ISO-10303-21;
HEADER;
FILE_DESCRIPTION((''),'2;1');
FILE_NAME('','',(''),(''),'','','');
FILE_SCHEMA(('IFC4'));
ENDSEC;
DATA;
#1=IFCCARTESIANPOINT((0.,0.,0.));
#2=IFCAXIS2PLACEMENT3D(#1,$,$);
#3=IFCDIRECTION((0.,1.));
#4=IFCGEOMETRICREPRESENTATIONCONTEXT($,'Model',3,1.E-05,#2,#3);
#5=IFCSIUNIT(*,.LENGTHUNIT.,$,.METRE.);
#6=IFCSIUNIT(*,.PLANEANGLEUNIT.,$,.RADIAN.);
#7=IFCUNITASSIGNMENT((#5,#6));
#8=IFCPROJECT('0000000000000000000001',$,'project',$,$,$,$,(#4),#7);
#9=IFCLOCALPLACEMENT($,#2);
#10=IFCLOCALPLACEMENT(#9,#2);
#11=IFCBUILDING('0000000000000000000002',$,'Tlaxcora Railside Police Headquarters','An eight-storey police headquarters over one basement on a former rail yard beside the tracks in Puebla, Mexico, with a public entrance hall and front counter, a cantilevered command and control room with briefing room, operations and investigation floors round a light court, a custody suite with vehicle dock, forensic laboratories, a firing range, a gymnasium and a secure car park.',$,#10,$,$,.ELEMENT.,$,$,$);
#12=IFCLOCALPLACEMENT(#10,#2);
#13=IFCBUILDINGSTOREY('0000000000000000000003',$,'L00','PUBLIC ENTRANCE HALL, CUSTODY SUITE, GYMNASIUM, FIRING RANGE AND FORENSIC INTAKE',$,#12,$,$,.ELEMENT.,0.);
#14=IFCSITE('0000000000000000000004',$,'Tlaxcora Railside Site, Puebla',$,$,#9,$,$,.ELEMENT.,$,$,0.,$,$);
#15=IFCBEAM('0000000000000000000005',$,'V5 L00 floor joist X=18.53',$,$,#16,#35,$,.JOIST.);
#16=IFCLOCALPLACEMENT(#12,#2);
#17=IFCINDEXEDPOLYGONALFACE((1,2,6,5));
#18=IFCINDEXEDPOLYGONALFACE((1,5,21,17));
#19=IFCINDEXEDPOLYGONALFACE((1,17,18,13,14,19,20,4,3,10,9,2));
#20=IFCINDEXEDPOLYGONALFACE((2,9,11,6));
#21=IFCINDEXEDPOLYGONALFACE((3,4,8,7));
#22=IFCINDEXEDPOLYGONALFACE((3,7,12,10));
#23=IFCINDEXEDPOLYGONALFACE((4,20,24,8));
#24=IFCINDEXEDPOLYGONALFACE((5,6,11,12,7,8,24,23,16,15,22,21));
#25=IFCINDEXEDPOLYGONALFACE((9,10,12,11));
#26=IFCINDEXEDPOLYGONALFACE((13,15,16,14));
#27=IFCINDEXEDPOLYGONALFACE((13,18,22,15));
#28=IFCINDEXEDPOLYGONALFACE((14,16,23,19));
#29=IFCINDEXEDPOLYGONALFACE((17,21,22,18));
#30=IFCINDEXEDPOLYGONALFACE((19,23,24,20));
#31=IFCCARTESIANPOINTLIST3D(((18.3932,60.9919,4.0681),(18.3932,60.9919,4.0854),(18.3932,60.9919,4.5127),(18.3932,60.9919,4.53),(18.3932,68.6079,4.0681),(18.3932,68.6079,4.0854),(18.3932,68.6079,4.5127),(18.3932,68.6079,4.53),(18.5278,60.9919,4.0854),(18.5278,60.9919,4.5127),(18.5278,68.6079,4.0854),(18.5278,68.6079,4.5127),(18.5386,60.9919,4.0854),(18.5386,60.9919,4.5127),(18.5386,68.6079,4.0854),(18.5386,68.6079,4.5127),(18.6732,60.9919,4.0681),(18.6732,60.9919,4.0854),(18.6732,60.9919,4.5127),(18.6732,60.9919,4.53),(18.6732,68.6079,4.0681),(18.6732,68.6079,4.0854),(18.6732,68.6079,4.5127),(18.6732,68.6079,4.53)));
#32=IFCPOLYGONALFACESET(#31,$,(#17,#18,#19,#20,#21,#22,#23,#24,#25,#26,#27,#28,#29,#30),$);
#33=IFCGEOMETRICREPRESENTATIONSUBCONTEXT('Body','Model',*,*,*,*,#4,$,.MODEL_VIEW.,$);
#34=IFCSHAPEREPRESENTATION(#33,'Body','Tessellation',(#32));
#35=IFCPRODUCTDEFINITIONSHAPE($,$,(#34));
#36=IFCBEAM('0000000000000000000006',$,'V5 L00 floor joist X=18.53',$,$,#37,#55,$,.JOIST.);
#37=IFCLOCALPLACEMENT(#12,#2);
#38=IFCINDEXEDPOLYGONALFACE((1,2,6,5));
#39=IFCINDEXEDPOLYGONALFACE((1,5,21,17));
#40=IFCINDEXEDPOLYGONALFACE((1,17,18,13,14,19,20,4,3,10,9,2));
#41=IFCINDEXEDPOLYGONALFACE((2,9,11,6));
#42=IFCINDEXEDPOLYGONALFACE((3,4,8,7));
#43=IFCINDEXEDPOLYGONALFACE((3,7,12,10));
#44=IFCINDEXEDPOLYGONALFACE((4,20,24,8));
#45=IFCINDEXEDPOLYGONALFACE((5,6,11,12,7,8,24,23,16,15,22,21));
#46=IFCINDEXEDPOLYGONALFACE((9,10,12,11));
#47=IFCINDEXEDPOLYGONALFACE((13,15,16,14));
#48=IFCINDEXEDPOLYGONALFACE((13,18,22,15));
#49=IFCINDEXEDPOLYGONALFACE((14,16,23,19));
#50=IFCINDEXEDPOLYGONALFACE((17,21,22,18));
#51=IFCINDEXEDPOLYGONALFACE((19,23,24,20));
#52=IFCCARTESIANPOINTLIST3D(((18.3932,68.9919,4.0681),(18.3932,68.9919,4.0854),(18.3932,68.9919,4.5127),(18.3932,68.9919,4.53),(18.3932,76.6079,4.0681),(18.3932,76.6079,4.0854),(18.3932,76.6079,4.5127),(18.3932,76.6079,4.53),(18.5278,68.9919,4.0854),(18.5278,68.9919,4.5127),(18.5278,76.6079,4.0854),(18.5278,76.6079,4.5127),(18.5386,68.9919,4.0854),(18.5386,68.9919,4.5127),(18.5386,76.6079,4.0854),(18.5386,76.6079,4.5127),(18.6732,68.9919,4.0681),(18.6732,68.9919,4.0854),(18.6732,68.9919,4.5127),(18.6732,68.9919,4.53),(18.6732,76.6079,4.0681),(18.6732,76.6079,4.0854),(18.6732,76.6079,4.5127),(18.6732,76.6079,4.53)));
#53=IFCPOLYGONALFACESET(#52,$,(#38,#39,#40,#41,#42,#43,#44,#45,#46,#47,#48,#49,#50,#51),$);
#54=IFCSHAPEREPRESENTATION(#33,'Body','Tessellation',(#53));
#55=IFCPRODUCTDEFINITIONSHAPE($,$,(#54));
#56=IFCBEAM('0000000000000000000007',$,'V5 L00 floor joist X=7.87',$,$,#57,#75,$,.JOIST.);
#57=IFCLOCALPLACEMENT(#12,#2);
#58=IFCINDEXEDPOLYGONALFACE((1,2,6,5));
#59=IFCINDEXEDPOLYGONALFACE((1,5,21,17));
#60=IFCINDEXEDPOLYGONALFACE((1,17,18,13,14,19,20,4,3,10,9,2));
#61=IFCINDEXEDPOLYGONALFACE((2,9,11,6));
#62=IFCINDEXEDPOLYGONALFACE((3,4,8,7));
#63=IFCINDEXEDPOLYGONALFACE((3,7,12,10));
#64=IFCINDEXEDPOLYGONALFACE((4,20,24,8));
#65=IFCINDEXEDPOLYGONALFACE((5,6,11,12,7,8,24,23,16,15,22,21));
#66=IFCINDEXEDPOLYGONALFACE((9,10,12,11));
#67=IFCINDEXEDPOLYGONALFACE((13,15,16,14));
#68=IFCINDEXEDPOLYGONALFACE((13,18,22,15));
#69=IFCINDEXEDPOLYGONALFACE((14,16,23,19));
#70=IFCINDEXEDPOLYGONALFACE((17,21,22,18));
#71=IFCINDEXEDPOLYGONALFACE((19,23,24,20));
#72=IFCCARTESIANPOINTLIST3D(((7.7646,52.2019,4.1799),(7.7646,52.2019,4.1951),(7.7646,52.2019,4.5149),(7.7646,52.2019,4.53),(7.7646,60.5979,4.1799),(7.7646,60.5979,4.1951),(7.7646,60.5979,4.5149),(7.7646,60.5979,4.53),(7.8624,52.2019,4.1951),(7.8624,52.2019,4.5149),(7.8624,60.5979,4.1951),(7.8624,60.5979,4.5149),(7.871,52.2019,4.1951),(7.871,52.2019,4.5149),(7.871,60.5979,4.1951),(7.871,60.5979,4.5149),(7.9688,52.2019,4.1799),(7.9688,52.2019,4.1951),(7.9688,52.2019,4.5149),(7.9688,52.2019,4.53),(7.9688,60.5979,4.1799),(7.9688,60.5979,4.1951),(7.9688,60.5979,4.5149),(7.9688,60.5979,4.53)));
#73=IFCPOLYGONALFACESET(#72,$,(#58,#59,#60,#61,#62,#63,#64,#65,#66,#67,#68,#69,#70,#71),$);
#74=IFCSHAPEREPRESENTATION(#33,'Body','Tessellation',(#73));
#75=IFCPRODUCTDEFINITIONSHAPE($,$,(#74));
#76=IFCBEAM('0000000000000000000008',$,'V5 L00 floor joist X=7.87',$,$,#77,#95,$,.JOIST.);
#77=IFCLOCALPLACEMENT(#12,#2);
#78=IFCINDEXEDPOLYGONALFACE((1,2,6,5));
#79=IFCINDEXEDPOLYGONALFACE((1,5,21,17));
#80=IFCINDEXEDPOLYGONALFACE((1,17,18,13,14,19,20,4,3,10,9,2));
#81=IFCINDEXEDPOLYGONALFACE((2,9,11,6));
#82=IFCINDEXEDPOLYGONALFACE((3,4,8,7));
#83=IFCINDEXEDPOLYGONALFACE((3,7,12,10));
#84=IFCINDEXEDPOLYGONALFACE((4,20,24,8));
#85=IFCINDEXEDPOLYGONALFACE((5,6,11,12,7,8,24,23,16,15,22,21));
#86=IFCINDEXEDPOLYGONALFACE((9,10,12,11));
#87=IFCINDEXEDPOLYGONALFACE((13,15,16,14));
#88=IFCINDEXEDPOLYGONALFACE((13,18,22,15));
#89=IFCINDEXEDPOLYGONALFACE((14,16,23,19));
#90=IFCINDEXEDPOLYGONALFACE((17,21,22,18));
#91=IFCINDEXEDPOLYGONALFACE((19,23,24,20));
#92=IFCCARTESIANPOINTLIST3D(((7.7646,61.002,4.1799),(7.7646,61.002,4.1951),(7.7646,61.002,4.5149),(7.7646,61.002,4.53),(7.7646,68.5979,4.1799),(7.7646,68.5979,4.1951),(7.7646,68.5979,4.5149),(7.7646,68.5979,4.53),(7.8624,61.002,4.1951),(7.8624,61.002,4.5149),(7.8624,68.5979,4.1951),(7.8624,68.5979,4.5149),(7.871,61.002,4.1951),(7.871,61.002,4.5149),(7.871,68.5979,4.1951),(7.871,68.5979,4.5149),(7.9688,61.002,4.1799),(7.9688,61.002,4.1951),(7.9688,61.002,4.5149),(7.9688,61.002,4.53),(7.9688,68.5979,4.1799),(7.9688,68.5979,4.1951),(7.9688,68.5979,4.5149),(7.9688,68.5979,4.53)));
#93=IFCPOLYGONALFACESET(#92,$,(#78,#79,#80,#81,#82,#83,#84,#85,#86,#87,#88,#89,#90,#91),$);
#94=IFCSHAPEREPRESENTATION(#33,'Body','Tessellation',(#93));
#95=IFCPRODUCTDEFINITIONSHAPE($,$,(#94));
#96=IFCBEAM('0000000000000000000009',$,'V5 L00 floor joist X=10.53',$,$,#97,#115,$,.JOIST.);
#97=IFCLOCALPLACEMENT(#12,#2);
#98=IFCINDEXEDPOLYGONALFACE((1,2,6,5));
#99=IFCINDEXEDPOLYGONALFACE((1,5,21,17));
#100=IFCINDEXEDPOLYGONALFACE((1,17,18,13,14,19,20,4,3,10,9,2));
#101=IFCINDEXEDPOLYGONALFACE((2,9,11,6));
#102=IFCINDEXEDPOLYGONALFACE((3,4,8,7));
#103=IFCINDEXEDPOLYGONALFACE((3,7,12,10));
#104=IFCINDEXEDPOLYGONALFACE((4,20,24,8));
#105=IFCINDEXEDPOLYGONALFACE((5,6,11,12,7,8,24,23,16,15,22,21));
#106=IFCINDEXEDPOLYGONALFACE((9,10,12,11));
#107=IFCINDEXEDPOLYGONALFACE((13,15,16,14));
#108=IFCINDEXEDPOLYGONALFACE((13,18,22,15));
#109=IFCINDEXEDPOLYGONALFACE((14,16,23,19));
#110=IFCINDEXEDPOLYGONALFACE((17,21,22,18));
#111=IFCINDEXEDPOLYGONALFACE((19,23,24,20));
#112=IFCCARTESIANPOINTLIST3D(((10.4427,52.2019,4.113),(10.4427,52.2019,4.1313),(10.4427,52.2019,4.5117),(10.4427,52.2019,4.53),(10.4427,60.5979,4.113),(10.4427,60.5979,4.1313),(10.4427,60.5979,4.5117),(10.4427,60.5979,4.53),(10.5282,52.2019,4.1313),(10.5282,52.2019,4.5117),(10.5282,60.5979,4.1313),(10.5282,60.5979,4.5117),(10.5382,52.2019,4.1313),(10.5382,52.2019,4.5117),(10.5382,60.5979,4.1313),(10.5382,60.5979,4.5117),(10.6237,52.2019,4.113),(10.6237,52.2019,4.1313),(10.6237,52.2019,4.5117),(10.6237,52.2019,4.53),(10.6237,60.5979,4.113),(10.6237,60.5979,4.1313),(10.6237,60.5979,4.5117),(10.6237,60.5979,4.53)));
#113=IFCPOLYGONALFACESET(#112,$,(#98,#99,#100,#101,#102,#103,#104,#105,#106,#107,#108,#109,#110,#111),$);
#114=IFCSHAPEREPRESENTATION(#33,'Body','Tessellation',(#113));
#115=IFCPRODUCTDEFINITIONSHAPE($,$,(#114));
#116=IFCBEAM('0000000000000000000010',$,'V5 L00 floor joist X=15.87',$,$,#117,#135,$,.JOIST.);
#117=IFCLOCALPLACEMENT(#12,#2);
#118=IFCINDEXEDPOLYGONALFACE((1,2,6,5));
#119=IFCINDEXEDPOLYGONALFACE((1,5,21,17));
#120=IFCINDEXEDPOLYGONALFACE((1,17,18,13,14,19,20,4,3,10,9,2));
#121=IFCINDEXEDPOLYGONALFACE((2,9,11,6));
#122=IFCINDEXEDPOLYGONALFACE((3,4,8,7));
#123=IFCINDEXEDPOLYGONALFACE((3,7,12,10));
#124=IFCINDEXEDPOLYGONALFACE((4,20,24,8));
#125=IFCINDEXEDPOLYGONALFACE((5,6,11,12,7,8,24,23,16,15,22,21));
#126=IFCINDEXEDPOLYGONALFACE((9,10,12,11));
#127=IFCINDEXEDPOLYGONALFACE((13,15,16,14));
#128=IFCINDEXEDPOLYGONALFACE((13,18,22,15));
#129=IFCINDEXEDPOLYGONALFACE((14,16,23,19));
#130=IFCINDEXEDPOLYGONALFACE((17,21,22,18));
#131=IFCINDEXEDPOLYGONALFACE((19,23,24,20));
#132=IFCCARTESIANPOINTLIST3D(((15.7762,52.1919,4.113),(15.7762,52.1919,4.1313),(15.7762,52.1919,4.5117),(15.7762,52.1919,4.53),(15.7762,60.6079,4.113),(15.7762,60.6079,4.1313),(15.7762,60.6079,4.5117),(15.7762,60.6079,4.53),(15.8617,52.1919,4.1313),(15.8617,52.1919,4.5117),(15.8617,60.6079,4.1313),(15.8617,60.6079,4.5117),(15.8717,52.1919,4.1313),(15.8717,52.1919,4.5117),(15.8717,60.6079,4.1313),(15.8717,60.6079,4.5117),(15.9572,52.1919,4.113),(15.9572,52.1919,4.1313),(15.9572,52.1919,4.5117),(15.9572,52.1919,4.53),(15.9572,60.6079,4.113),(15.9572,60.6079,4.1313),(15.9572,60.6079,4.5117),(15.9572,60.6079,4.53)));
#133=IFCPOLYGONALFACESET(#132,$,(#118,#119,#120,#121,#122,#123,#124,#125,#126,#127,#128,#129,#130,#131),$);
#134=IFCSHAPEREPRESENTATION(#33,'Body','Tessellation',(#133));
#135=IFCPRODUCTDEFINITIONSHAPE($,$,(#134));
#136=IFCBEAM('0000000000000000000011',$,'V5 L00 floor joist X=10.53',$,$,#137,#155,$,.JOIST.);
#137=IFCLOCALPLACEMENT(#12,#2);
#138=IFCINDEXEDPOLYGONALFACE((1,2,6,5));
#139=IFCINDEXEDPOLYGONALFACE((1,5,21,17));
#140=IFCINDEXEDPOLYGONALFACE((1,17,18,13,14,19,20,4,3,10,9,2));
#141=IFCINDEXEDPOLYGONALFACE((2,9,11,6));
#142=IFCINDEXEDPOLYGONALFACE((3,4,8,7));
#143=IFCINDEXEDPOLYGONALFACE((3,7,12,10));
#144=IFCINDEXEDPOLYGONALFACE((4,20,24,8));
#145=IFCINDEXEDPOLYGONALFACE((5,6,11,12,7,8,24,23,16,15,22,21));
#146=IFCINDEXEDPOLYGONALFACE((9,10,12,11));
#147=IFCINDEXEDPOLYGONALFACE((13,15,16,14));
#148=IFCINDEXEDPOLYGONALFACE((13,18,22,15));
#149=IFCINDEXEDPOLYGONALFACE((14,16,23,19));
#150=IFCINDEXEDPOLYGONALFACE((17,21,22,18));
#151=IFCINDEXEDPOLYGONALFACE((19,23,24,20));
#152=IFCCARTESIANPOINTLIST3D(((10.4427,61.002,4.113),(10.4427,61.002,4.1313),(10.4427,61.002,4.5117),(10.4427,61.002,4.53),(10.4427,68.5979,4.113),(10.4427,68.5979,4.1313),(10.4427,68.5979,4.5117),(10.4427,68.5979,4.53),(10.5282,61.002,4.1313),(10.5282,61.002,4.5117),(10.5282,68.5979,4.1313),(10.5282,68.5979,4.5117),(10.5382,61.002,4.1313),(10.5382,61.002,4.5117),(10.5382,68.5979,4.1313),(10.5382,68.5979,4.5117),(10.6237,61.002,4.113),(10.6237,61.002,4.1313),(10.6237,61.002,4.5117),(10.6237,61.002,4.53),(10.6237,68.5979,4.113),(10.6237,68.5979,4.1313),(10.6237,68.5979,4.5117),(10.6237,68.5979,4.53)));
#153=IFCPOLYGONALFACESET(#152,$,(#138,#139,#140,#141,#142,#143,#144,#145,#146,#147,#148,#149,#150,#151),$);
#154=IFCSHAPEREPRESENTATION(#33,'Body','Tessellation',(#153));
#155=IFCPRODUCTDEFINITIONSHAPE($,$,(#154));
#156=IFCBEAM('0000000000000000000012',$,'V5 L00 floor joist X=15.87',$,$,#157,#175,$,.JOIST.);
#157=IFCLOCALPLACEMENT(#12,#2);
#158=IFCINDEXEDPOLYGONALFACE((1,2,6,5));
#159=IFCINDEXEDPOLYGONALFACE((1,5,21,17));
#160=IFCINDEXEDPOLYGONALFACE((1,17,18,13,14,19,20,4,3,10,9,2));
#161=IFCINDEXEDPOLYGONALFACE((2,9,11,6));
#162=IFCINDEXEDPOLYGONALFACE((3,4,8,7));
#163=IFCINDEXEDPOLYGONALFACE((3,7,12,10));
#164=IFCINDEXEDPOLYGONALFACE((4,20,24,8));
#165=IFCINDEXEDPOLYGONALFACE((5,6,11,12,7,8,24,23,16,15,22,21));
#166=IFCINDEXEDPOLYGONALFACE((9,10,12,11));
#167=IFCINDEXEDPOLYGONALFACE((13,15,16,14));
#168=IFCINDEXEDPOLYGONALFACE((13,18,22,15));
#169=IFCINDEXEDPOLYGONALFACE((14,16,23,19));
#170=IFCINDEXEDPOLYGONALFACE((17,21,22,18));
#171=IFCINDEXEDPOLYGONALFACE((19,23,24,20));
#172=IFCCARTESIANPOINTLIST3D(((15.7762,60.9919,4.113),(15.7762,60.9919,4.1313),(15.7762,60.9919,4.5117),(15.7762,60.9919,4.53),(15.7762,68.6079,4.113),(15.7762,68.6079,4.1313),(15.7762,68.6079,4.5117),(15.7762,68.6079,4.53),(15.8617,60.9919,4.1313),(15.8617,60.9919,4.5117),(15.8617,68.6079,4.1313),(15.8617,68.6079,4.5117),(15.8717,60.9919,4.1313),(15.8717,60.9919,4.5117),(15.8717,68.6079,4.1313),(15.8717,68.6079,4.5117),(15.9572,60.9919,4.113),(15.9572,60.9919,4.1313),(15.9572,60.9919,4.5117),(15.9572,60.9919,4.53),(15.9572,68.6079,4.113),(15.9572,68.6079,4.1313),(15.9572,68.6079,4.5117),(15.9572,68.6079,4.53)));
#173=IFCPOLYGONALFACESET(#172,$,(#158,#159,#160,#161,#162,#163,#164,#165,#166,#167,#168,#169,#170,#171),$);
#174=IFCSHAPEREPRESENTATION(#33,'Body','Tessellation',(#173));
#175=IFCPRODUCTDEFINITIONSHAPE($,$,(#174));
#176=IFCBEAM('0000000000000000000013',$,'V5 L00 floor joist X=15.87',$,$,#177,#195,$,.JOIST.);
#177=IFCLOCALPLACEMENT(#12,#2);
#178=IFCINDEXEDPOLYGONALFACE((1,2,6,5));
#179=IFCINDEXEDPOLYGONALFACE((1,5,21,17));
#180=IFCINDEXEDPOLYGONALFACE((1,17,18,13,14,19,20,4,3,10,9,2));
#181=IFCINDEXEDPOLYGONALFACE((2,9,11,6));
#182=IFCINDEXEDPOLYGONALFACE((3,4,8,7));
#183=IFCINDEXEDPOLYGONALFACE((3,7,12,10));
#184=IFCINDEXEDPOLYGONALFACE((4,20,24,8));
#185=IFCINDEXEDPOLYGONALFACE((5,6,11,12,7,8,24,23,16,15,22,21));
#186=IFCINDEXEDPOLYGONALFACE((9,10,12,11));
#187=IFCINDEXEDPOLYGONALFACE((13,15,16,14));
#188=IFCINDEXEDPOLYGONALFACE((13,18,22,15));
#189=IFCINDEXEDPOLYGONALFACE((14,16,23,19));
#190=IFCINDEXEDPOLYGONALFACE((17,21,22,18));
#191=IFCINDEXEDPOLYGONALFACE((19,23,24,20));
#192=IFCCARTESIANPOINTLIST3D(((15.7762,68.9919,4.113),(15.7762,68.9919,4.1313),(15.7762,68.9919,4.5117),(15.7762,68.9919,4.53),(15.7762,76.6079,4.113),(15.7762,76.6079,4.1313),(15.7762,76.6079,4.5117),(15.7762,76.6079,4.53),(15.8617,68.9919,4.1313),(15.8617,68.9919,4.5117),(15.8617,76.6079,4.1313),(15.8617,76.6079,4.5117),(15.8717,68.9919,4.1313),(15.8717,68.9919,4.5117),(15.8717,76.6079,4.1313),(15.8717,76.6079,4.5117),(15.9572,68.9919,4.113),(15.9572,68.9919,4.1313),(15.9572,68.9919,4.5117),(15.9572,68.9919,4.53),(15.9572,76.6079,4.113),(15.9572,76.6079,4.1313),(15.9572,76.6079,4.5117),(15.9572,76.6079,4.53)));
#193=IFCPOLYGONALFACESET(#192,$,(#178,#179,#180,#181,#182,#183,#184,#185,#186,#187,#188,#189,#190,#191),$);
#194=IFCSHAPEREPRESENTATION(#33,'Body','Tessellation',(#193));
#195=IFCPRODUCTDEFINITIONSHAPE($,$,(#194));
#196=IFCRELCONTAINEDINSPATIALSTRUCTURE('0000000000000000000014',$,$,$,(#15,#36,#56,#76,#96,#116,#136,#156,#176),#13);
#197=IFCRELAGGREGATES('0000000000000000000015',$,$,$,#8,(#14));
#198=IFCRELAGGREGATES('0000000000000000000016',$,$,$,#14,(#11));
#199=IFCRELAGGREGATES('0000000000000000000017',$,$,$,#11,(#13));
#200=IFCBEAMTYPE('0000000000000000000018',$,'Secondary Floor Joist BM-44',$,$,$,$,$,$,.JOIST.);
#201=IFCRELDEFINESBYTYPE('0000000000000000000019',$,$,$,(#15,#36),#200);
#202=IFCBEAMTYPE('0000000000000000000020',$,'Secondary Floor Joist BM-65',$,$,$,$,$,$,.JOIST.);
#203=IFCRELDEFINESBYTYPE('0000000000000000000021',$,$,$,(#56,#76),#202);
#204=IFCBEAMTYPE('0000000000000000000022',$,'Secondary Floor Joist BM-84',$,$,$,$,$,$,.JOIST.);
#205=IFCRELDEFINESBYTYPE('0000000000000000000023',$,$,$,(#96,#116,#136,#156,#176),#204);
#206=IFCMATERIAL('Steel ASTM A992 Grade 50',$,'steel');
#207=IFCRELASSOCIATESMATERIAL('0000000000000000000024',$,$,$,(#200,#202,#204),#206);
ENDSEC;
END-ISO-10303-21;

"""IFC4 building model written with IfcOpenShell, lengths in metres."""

from ifc_helpers import new_model, si_unit, direction, frame, origin, origin_2d, place, context, subcontext, project, spatial, i_section, extrude, material, material_profile, profile_set, type_object, element, save


model = new_model("IFC4")

# Units and contexts
model_context = context("Model", 3, precision=1e-05, world=origin(), true_north=direction((0.0, 1.0)))
body_context = subcontext(model_context, "Body", "Model", "MODEL_VIEW")
ifc_project = project(units=[si_unit("LENGTHUNIT", "METRE"), si_unit("PLANEANGLEUNIT", "RADIAN")], contexts=[model_context])

# Site, building, storey
site_placement = place(None, origin())
site = spatial("IfcSite", under=ifc_project, at=site_placement, Name="Tlaxcora Railside Site, Puebla", CompositionType="ELEMENT", RefElevation=0.0)
building_placement = place(site_placement, origin())
building = spatial("IfcBuilding", under=site, at=building_placement, Name="Tlaxcora Railside Police Headquarters", Description="An eight-storey police headquarters over one basement on a former rail yard beside the tracks in Puebla, Mexico, with a public entrance hall and front counter, a cantilevered command and control room with briefing room, operations and investigation floors round a light court, a custody suite with vehicle dock, forensic laboratories, a firing range, a gymnasium and a secure car park.", CompositionType="ELEMENT")
storey_placement = place(building_placement, origin())
storey = spatial("IfcBuildingStorey", under=building, at=storey_placement, Name="L00", Description="PUBLIC ENTRANCE HALL, CUSTODY SUITE, GYMNASIUM, FIRING RANGE AND FORENSIC INTAKE", CompositionType="ELEMENT", Elevation=0.0)

# Beams
ifc_material_1 = material(Name="Steel ASTM A992 Grade 50", Category="steel")
ifc_material_profile_1 = material_profile(ifc_material_1, i_section(OverallWidth=0.28, OverallDepth=0.4619, WebThickness=0.0107, FlangeThickness=0.0173, at=origin_2d()), Name="W18X76")
ifc_profile_set_1 = profile_set([ifc_material_profile_1], Name="Steel ASTM A992 Grade 50")
beam_type_1 = type_object("IfcBeamType", Name="Secondary Floor Joist BM-44", PredefinedType="JOIST", material=ifc_profile_set_1)
for number, where, z_axis, x_axis, name in (
    (1, (18.5332, 60.9919, 4.2991), (0.0, 1.0, 0.0), (-1.0, 0.0, 0.0), "V5 L00 floor joist X=18.53"),
    (2, (18.5332, 68.9919, 4.2991), (0.0, 1.0, 0.0), (-1.0, 0.0, 0.0), "V5 L00 floor joist X=18.53"),
):
    element("IfcBeam", number, at=place(storey_placement, frame(where, z_axis=z_axis, x_axis=x_axis)), inside=storey, type_object=beam_type_1, Name=name, PredefinedType="JOIST", context=body_context, shape_type="SweptSolid", body=[
        extrude(i_section(OverallWidth=0.28, OverallDepth=0.4619, WebThickness=0.0107, FlangeThickness=0.0173, at=origin_2d()), origin(), (0.0, 0.0, 1.0), 7.616),
    ])
ifc_material_profile_2 = material_profile(ifc_material_1, i_section(OverallWidth=0.2041, OverallDepth=0.3501, WebThickness=0.0085, FlangeThickness=0.0151, at=origin_2d()), Name="W14X48")
ifc_profile_set_2 = profile_set([ifc_material_profile_2], Name="Steel ASTM A992 Grade 50")
beam_type_2 = type_object("IfcBeamType", Name="Secondary Floor Joist BM-65", PredefinedType="JOIST", material=ifc_profile_set_2)
beam_1_placement = place(storey_placement, frame((7.8667, 52.2019, 4.355), z_axis=(0.0, 1.0, 0.0), x_axis=(-1.0, 0.0, 0.0)))
element("IfcBeam", 3, at=beam_1_placement, inside=storey, type_object=beam_type_2, Name="V5 L00 floor joist X=7.87", PredefinedType="JOIST", context=body_context, shape_type="SweptSolid", body=[
    extrude(i_section(OverallWidth=0.2041, OverallDepth=0.3501, WebThickness=0.0085, FlangeThickness=0.0151, at=origin_2d()), origin(), (0.0, 0.0, 1.0), 8.396),
])
beam_2_placement = place(storey_placement, frame((7.8667, 61.002, 4.355), z_axis=(0.0, 1.0, 0.0), x_axis=(-1.0, 0.0, 0.0)))
element("IfcBeam", 4, at=beam_2_placement, inside=storey, type_object=beam_type_2, Name="V5 L00 floor joist X=7.87", PredefinedType="JOIST", context=body_context, shape_type="SweptSolid", body=[
    extrude(i_section(OverallWidth=0.2041, OverallDepth=0.3501, WebThickness=0.0085, FlangeThickness=0.0151, at=origin_2d()), origin(), (0.0, 0.0, 1.0), 7.5959),
])
ifc_material_profile_3 = material_profile(ifc_material_1, i_section(OverallWidth=0.1809, OverallDepth=0.417, WebThickness=0.01, FlangeThickness=0.0183, at=origin_2d()), Name="W16X57")
ifc_profile_set_3 = profile_set([ifc_material_profile_3], Name="Steel ASTM A992 Grade 50")
beam_type_3 = type_object("IfcBeamType", Name="Secondary Floor Joist BM-84", PredefinedType="JOIST", material=ifc_profile_set_3)
beam_3_placement = place(storey_placement, frame((10.5332, 52.2019, 4.3215), z_axis=(0.0, 1.0, 0.0), x_axis=(-1.0, 0.0, 0.0)))
element("IfcBeam", 5, at=beam_3_placement, inside=storey, type_object=beam_type_3, Name="V5 L00 floor joist X=10.53", PredefinedType="JOIST", context=body_context, shape_type="SweptSolid", body=[
    extrude(i_section(OverallWidth=0.1809, OverallDepth=0.417, WebThickness=0.01, FlangeThickness=0.0183, at=origin_2d()), origin(), (0.0, 0.0, 1.0), 8.396),
])
beam_4_placement = place(storey_placement, frame((15.8667, 52.1919, 4.3215), z_axis=(0.0, 1.0, 0.0), x_axis=(-1.0, 0.0, 0.0)))
element("IfcBeam", 6, at=beam_4_placement, inside=storey, type_object=beam_type_3, Name="V5 L00 floor joist X=15.87", PredefinedType="JOIST", context=body_context, shape_type="SweptSolid", body=[
    extrude(i_section(OverallWidth=0.1809, OverallDepth=0.417, WebThickness=0.01, FlangeThickness=0.0183, at=origin_2d()), origin(), (0.0, 0.0, 1.0), 8.416),
])
beam_5_placement = place(storey_placement, frame((10.5332, 61.002, 4.3215), z_axis=(0.0, 1.0, 0.0), x_axis=(-1.0, 0.0, 0.0)))
element("IfcBeam", 7, at=beam_5_placement, inside=storey, type_object=beam_type_3, Name="V5 L00 floor joist X=10.53", PredefinedType="JOIST", context=body_context, shape_type="SweptSolid", body=[
    extrude(i_section(OverallWidth=0.1809, OverallDepth=0.417, WebThickness=0.01, FlangeThickness=0.0183, at=origin_2d()), origin(), (0.0, 0.0, 1.0), 7.5959),
])
for number, where, z_axis, x_axis, name in (
    (8, (15.8667, 60.9919, 4.3215), (0.0, 1.0, 0.0), (-1.0, 0.0, 0.0), "V5 L00 floor joist X=15.87"),
    (9, (15.8667, 68.9919, 4.3215), (0.0, 1.0, 0.0), (-1.0, 0.0, 0.0), "V5 L00 floor joist X=15.87"),
):
    element("IfcBeam", number, at=place(storey_placement, frame(where, z_axis=z_axis, x_axis=x_axis)), inside=storey, type_object=beam_type_3, Name=name, PredefinedType="JOIST", context=body_context, shape_type="SweptSolid", body=[
        extrude(i_section(OverallWidth=0.1809, OverallDepth=0.417, WebThickness=0.01, FlangeThickness=0.0183, at=origin_2d()), origin(), (0.0, 0.0, 1.0), 7.616),
    ])

save(model, "model.ifc")
